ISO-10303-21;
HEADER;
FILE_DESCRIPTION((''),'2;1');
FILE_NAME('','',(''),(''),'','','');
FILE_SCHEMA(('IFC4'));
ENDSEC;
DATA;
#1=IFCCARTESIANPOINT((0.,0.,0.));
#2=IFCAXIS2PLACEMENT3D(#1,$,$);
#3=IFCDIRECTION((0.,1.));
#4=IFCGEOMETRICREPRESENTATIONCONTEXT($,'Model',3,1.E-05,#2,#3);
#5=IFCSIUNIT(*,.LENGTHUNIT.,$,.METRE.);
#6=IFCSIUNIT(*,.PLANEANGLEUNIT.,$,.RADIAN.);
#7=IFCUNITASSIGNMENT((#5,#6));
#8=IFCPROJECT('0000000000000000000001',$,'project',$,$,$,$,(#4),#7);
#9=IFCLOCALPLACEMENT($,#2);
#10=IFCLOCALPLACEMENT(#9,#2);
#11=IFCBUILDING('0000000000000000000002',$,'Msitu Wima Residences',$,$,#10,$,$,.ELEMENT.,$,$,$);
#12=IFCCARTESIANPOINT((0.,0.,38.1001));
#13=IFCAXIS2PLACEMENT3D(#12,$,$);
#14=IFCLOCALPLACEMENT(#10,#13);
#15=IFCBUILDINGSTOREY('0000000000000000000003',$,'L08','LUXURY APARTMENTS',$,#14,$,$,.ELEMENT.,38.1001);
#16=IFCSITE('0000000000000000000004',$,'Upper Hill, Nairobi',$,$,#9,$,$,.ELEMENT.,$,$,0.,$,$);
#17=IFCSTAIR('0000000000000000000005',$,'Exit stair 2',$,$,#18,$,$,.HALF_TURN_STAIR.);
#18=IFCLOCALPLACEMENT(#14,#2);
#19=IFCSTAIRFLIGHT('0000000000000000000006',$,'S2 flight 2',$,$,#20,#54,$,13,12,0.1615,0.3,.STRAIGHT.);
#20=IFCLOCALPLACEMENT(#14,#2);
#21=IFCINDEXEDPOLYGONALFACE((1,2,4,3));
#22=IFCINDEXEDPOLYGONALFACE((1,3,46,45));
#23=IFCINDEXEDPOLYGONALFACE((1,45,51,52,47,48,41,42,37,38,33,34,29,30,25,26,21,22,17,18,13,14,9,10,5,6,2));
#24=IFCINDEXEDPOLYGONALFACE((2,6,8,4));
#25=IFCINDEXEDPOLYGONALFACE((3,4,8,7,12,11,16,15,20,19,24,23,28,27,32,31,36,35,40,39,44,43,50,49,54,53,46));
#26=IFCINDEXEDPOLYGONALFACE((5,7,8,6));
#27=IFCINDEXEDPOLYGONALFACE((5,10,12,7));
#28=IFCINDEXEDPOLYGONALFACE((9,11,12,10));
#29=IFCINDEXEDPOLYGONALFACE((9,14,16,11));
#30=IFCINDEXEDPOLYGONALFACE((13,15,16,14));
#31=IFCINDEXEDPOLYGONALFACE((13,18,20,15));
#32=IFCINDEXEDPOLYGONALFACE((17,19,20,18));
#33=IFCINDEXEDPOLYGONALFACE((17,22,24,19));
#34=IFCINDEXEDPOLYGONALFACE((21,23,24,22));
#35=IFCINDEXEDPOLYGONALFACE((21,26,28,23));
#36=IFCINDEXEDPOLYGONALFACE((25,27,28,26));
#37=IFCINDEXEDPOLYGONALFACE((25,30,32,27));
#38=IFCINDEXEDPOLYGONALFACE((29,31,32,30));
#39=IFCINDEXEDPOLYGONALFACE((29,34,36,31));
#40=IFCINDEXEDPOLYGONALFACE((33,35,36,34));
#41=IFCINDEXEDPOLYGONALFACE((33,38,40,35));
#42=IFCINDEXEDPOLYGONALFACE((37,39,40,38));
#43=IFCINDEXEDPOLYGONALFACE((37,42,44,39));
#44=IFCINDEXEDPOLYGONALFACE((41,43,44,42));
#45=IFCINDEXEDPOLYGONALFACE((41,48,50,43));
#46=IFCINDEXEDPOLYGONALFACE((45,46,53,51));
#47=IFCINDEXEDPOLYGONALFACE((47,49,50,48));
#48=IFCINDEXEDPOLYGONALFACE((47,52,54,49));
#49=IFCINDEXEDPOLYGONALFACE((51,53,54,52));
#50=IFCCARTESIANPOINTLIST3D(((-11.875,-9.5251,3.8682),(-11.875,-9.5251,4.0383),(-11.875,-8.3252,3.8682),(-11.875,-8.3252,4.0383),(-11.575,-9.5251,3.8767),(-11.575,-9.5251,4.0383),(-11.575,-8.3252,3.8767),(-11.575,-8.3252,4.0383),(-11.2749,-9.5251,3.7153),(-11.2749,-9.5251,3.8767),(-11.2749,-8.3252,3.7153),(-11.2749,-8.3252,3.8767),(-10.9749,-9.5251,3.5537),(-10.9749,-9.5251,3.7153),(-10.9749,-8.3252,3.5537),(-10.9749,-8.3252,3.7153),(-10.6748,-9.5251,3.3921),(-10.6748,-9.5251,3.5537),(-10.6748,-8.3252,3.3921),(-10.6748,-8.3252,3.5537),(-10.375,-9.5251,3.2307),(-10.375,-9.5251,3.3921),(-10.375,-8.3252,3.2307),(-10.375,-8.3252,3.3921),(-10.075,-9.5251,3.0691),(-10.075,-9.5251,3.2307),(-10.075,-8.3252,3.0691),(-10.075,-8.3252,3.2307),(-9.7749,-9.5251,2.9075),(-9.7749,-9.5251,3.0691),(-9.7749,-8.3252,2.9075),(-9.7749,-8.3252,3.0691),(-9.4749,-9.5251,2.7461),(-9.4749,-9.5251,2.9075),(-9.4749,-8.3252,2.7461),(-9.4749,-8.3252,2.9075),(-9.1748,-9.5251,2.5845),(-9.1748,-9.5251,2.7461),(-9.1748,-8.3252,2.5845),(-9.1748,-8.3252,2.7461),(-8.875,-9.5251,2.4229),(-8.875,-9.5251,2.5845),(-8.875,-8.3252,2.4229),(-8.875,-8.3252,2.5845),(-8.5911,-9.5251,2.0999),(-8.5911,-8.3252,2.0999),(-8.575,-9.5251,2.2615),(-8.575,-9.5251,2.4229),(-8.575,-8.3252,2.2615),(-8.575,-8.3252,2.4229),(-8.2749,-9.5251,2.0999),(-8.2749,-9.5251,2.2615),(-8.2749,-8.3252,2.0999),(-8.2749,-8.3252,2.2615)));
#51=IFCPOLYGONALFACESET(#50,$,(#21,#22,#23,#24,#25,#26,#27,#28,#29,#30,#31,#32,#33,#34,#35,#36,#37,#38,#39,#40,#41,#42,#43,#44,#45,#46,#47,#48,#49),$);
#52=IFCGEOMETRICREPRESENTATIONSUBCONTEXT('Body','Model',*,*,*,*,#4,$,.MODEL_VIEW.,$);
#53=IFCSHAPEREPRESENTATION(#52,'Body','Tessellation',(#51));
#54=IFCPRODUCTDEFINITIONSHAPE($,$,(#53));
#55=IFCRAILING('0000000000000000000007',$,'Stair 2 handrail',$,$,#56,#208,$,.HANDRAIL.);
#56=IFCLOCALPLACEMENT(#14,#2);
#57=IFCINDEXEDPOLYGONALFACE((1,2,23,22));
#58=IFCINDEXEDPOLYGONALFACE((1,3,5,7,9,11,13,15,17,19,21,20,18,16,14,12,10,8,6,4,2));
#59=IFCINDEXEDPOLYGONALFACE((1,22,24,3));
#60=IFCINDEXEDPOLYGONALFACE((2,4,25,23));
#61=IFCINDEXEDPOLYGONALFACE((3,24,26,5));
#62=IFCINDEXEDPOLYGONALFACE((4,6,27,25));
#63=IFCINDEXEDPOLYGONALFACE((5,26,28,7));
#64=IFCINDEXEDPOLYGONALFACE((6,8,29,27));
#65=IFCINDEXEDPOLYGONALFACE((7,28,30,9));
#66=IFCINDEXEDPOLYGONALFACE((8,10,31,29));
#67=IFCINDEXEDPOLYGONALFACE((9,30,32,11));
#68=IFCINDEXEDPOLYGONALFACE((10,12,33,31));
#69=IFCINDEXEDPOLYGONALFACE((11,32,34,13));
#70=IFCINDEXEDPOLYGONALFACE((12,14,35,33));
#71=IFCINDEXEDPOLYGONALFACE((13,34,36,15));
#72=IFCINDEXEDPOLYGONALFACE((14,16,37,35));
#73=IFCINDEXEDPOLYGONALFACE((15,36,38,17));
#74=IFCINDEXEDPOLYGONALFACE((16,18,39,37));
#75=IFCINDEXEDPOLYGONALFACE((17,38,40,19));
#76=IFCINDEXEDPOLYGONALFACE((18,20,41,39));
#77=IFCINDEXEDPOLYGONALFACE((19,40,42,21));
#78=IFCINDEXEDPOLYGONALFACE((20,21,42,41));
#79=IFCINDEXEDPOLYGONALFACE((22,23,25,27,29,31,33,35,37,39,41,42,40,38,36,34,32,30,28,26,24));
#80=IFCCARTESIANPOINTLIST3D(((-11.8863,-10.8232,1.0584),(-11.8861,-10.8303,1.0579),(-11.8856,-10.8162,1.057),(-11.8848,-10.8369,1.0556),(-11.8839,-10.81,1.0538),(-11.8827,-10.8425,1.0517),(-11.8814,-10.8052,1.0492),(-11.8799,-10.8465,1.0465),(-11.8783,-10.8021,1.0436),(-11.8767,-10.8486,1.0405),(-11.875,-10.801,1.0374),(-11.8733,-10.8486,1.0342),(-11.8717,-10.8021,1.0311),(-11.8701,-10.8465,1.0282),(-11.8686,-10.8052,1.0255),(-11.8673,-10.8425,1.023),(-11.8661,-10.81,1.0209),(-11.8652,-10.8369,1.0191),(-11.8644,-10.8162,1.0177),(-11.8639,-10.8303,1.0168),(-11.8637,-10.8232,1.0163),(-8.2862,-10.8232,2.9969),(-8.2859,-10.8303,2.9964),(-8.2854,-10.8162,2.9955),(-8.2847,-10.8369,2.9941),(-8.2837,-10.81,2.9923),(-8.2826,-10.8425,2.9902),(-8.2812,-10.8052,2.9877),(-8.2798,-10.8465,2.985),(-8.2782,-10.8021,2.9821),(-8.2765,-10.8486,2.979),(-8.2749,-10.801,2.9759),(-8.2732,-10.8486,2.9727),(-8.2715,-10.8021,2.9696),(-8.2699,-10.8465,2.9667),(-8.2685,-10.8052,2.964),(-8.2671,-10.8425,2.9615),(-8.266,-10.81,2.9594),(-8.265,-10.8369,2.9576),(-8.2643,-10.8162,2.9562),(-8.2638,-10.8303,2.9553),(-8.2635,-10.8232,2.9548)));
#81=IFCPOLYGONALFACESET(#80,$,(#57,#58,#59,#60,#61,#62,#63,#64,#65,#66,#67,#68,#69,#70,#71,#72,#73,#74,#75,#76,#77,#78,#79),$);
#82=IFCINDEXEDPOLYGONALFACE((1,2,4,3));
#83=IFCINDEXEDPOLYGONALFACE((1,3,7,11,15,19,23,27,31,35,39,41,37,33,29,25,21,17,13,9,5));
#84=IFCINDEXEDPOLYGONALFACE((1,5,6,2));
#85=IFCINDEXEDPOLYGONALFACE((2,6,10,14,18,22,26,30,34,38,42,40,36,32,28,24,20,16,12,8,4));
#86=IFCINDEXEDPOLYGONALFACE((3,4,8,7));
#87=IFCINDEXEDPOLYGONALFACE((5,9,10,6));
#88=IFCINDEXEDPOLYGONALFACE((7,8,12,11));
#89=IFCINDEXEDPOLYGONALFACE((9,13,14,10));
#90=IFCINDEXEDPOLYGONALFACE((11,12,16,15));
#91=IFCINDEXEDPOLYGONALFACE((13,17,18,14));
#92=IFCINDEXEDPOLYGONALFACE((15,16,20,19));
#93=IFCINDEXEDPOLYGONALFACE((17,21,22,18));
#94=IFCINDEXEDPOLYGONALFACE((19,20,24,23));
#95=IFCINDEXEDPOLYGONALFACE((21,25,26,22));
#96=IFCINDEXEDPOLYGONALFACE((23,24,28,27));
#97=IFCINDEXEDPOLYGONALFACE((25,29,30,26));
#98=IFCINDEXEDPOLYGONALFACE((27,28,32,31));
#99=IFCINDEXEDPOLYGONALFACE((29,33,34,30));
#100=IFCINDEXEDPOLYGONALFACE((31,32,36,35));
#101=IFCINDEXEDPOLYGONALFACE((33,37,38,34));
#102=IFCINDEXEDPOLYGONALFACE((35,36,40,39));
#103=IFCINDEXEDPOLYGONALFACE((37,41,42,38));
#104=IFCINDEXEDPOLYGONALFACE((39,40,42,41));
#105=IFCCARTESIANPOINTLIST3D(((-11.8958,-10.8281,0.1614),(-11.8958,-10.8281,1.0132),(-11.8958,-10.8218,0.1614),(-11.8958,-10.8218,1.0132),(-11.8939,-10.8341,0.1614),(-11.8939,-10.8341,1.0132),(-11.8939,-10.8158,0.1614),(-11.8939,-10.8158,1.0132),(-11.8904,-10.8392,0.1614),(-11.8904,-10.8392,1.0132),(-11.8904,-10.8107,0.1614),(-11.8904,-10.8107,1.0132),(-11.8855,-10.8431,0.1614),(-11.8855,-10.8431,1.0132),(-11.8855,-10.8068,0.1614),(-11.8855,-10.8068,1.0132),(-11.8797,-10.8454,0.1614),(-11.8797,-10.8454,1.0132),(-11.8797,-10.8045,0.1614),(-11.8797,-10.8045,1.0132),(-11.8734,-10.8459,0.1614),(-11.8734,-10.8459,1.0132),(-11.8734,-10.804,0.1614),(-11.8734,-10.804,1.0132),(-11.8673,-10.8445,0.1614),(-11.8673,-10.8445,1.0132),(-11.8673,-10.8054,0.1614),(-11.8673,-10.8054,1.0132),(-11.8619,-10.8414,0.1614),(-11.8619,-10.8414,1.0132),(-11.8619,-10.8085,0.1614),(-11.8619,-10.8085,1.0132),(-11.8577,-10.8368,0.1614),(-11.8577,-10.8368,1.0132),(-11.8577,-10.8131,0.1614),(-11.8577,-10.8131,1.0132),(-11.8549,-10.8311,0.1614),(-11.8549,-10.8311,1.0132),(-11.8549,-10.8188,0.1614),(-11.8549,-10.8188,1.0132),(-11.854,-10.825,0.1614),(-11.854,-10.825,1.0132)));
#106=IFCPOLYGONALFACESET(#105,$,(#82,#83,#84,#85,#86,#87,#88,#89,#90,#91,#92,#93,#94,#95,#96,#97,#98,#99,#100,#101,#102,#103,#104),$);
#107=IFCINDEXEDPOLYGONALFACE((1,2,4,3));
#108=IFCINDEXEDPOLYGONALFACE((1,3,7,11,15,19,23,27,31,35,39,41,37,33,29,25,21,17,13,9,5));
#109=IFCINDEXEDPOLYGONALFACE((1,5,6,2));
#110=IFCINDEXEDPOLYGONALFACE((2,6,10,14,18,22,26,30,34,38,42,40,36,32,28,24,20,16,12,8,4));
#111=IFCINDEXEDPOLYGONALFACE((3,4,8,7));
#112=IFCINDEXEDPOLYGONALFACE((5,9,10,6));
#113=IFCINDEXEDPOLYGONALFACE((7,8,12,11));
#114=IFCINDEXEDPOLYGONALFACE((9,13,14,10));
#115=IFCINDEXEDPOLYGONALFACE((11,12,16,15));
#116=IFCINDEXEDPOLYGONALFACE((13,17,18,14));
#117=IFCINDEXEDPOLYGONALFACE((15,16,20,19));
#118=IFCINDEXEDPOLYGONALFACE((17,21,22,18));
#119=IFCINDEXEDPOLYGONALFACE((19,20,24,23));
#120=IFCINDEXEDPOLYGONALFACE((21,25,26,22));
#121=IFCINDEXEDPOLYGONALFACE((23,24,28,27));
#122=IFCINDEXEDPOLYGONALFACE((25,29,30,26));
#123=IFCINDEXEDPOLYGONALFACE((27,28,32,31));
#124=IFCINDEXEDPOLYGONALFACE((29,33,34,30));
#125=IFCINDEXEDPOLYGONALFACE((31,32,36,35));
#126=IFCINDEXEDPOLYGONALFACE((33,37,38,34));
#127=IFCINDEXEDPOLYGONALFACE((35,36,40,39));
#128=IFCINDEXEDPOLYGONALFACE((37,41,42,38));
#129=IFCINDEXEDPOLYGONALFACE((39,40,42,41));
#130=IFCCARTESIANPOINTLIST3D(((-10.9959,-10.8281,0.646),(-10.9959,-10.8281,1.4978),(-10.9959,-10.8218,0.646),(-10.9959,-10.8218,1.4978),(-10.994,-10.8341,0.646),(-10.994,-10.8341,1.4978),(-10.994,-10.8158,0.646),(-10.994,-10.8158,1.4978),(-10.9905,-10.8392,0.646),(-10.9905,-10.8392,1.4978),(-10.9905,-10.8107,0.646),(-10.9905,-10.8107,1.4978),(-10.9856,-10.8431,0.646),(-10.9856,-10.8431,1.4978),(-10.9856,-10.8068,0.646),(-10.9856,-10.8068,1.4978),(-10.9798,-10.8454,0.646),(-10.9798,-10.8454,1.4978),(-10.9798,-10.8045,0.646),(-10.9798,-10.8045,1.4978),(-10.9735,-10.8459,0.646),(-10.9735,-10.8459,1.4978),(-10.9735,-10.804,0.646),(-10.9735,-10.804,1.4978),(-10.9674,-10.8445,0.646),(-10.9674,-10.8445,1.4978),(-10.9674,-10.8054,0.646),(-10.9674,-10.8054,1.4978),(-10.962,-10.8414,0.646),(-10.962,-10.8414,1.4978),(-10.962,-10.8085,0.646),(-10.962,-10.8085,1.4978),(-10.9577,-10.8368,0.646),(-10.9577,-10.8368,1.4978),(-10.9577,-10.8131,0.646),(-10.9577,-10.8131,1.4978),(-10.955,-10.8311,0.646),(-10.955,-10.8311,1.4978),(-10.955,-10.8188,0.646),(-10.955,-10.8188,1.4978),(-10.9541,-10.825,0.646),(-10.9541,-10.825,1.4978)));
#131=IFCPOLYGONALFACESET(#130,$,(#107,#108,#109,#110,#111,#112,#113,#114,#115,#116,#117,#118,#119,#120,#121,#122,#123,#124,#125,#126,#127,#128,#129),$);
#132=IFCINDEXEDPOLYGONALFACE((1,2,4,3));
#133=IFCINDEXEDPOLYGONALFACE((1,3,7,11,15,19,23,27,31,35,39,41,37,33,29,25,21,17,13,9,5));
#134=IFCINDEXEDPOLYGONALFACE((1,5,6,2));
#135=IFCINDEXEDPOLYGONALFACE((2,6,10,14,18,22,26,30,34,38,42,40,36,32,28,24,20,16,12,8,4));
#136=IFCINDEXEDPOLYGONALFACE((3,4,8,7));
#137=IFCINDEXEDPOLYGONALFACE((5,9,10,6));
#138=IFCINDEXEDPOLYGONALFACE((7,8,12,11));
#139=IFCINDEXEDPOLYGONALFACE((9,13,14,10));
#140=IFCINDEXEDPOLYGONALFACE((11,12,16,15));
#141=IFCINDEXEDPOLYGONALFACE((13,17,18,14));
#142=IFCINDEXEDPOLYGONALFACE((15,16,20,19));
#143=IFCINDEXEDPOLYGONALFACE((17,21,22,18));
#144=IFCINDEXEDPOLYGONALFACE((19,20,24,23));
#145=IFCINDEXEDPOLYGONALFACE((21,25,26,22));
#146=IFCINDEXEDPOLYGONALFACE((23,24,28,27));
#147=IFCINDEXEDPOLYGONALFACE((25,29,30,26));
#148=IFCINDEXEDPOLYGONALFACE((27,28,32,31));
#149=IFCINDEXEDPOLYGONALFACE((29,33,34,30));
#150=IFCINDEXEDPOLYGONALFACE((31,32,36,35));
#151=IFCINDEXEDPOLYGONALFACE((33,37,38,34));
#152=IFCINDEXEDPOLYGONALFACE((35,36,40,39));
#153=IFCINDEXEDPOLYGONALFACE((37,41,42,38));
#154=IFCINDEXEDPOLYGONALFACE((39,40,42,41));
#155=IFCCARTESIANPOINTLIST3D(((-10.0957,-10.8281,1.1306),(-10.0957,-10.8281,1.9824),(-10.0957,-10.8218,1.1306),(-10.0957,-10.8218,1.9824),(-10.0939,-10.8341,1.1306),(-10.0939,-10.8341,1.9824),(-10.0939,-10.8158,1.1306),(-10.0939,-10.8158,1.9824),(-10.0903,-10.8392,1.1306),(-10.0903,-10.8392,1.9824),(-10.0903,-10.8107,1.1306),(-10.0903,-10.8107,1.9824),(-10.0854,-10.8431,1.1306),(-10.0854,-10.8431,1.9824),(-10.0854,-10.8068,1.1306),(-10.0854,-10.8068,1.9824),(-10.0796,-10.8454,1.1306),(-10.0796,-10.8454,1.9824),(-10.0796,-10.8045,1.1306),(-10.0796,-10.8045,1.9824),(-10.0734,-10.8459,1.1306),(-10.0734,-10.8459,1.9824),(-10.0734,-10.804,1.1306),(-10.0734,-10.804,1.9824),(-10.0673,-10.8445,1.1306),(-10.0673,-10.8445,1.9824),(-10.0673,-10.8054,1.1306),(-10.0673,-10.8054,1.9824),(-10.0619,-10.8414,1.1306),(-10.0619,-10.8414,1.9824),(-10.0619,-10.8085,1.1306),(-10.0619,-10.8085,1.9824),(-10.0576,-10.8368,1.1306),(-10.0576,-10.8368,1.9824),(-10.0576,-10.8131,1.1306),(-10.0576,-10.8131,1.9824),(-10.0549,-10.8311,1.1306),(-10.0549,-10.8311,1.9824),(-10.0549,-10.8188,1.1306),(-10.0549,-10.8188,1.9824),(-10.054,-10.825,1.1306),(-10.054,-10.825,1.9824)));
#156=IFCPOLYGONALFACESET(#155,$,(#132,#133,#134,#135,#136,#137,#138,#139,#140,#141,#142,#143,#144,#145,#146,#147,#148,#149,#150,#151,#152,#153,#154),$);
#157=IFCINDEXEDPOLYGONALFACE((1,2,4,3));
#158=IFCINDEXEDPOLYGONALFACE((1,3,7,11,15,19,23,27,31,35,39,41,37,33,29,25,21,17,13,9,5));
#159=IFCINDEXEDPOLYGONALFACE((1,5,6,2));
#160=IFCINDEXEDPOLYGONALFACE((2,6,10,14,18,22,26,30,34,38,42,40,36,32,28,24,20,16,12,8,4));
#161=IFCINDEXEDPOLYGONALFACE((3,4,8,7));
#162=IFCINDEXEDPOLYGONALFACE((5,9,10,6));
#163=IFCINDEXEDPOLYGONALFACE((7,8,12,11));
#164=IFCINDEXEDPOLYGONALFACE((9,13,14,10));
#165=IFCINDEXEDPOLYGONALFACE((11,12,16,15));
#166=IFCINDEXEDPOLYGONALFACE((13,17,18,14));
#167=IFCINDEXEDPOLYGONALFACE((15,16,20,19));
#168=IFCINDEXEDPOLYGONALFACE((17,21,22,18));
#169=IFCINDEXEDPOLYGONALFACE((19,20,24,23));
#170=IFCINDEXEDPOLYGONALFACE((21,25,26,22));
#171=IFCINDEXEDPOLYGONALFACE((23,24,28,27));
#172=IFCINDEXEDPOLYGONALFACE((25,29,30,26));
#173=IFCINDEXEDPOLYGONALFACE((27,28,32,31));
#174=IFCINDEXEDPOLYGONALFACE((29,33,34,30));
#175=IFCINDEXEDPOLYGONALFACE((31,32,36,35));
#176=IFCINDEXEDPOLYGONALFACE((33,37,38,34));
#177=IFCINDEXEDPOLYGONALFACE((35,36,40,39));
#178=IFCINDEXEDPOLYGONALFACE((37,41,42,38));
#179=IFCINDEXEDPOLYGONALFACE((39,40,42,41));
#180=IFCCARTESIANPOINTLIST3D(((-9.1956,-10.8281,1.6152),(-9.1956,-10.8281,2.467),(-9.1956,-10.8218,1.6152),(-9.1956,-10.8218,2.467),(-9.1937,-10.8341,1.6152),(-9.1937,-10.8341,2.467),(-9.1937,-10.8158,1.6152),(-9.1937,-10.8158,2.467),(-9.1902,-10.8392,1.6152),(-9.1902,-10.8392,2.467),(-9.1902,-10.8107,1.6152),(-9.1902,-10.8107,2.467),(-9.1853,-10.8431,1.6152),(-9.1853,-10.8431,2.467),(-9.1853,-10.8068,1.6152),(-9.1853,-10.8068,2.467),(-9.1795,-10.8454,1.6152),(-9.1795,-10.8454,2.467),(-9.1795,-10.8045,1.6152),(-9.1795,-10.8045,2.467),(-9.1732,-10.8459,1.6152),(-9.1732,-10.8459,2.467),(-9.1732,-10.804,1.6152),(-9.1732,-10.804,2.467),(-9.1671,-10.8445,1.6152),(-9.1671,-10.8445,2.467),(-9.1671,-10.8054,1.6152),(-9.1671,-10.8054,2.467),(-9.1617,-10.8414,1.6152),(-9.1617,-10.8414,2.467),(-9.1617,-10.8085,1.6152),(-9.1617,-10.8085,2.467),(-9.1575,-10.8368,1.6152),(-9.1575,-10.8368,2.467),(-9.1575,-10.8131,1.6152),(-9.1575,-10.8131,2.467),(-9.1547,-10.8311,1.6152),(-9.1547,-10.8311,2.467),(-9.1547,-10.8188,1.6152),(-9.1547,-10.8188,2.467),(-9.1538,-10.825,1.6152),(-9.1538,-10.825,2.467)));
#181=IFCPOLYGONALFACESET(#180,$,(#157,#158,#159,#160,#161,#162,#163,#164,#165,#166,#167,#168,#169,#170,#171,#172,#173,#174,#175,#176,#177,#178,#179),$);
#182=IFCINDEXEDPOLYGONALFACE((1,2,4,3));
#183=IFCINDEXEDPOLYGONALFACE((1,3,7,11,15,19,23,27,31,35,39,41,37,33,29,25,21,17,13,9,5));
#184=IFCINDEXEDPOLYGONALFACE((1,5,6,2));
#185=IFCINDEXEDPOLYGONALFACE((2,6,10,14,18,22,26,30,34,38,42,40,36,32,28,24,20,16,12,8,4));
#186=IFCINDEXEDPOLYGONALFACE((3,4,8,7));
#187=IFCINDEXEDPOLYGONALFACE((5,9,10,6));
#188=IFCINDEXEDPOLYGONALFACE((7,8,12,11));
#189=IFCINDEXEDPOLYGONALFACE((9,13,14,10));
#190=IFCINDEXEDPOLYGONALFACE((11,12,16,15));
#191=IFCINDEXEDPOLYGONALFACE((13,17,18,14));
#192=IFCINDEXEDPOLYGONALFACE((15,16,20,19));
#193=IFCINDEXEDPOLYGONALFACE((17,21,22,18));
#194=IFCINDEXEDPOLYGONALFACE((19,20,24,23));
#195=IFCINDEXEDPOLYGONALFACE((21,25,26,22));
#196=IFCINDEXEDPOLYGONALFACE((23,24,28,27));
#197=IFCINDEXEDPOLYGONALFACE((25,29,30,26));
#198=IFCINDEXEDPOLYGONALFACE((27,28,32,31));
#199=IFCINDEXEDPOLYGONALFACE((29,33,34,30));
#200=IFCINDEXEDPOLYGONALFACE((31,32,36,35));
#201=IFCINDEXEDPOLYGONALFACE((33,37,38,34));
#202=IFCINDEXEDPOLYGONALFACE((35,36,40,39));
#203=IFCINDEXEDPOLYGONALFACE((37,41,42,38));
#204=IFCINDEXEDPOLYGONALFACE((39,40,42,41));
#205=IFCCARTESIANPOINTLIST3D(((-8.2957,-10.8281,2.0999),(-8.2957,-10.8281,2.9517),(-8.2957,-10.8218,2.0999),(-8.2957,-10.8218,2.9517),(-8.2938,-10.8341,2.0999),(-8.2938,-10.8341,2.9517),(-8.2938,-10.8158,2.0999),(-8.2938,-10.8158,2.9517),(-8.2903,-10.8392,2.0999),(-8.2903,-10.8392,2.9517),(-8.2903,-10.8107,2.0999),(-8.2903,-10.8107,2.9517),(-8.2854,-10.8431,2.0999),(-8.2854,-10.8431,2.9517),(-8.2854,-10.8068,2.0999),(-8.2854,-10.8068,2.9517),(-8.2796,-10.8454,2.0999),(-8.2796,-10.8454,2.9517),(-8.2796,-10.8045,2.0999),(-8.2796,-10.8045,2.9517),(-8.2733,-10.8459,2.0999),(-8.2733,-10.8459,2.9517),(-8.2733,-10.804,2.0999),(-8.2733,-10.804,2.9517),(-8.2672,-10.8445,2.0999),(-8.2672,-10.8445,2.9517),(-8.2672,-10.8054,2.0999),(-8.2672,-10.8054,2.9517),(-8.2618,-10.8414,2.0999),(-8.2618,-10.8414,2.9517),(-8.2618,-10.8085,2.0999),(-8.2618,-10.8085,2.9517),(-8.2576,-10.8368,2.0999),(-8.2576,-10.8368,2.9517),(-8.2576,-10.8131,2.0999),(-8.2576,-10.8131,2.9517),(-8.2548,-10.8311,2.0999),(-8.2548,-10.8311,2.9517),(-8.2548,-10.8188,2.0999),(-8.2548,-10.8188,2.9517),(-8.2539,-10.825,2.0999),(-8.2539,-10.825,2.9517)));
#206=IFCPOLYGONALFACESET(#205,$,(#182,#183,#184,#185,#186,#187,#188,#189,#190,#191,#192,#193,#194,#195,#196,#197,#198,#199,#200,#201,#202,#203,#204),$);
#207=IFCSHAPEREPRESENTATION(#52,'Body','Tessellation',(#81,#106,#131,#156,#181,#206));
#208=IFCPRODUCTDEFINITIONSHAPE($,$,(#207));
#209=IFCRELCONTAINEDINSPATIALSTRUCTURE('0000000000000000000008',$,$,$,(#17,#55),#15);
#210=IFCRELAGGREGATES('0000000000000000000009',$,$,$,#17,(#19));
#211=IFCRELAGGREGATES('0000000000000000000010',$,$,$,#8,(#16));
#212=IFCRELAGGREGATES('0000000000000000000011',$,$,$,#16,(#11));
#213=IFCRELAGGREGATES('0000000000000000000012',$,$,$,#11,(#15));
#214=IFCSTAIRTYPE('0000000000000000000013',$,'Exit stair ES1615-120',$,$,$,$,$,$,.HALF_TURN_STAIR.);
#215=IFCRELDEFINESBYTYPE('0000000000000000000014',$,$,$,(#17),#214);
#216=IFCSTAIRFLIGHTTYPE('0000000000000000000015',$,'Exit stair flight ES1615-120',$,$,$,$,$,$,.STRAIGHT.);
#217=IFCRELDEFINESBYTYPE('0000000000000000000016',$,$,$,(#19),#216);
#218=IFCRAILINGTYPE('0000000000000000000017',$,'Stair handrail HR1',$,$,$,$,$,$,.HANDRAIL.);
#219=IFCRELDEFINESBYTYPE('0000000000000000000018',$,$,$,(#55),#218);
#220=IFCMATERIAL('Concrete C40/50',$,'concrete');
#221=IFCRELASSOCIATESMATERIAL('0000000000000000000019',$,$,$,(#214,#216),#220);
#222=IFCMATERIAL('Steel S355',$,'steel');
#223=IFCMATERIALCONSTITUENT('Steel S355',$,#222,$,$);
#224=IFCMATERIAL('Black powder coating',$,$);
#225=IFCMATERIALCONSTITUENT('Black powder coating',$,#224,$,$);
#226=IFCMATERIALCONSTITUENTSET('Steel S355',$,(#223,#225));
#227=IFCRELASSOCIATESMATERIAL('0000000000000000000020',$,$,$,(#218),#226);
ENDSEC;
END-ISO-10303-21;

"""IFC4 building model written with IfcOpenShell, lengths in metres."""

from ifc_helpers import new_model, si_unit, direction, frame, origin, origin_2d, place, context, subcontext, project, spatial, polyline, circle, outline, extrude, material, constituent, constituent_set, type_object, element, aggregate, save


model = new_model("IFC4")

# Units and contexts
model_context = context("Model", 3, precision=1e-05, world=origin(), true_north=direction((0.0, 1.0)))
body_context = subcontext(model_context, "Body", "Model", "MODEL_VIEW")
ifc_project = project(units=[si_unit("LENGTHUNIT", "METRE"), si_unit("PLANEANGLEUNIT", "RADIAN")], contexts=[model_context])

# Site, building, storey
site_placement = place(None, origin())
site = spatial("IfcSite", under=ifc_project, at=site_placement, Name="Upper Hill, Nairobi", CompositionType="ELEMENT", RefElevation=0.0)
building_placement = place(site_placement, origin())
building = spatial("IfcBuilding", under=site, at=building_placement, Name="Msitu Wima Residences", CompositionType="ELEMENT")
storey_placement = place(building_placement, frame((0.0, 0.0, 38.1001)))
storey = spatial("IfcBuildingStorey", under=building, at=storey_placement, Name="L08", Description="LUXURY APARTMENTS", CompositionType="ELEMENT", Elevation=38.1001)

# Stair, stair flight
ifc_material_1 = material(Name="Concrete C40/50", Category="concrete")
stair_type = type_object("IfcStairType", Name="Exit stair ES1615-120", PredefinedType="HALF_TURN_STAIR", material=ifc_material_1)
stair_placement = place(storey_placement, origin())
stair = element("IfcStair", 1, at=stair_placement, inside=storey, type_object=stair_type, Name="Exit stair 2", PredefinedType="HALF_TURN_STAIR")
stair_flight_type = type_object("IfcStairFlightType", Name="Exit stair flight ES1615-120", PredefinedType="STRAIGHT", material=ifc_material_1)
stair_flight_1_placement = place(storey_placement, frame((-8.2749, -8.925, 2.0999), z_axis=(0.0, 0.0, 1.0), x_axis=(-1.0, 0.0, 0.0)))
stair_flight_1 = element("IfcStairFlight", 2, at=stair_flight_1_placement, type_object=stair_flight_type, Name="S2 flight 2", NumberOfRisers=13, NumberOfTreads=12, PredefinedType="STRAIGHT", RiserHeight=0.1615, TreadLength=0.3, context=body_context, shape_type="SweptSolid", body=[
    extrude(outline(polyline([(0.0, 0.0), (0.0, 0.1616), (0.3, 0.1616), (0.3, 0.323), (0.6001, 0.323), (0.6001, 0.4846), (0.8999, 0.4846), (0.8999, 0.6462), (1.2, 0.6462), (1.2, 0.8076), (1.5, 0.8076), (1.5, 0.9692), (1.8, 0.9692), (1.8, 1.1309), (2.1001, 1.1309), (2.1001, 1.2922), (2.3999, 1.2922), (2.3999, 1.4539), (2.7, 1.4539), (2.7, 1.6155), (3.0, 1.6155), (3.0, 1.7769), (3.3, 1.7769), (3.3, 1.9385), (3.6001, 1.9385), (3.6001, 2.1001), (3.6001, 1.7683), (0.3162, 0.0), (0.0, 0.0)])), frame((0.0, 0.6001, 0.0), z_axis=(0.0, -1.0, 0.0), x_axis=(1.0, 0.0, 0.0)), (0.0, 0.0, 1.0), 1.2),
])
aggregate(stair, [stair_flight_1])

# Railing
ifc_material_2 = material(Name="Steel S355", Category="steel")
ifc_constituent_1 = constituent(ifc_material_2, Name="Steel S355")
ifc_material_3 = material(Name="Black powder coating")
ifc_constituent_2 = constituent(ifc_material_3, Name="Black powder coating")
ifc_constituent_set = constituent_set(constituents=[ifc_constituent_1, ifc_constituent_2], Name="Steel S355")
railing_type = type_object("IfcRailingType", Name="Stair handrail HR1", PredefinedType="HANDRAIL", material=ifc_constituent_set)
for number, where, name in (
    (3, (-11.875, -10.825, 0.1614), "Stair 2 handrail"),
):
    element("IfcRailing", number, at=place(storey_placement, frame(where)), inside=storey, type_object=railing_type, Name=name, PredefinedType="HANDRAIL", context=body_context, shape_type="SweptSolid", body=[
        extrude(circle(Radius=0.0239, at=origin_2d()), frame((0.0, 0.0, 0.876), z_axis=(0.880475, 0.0, 0.474093), x_axis=(0.0, 1.0, 0.0)), (0.0, 0.0, 1.0), 4.0889),
        extrude(circle(Radius=0.021, at=origin_2d()), origin(), (0.0, 0.0, 1.0), 0.8518),
        extrude(circle(Radius=0.021, at=origin_2d()), frame((0.8999, 0.0, 0.4846)), (0.0, 0.0, 1.0), 0.8518),
        extrude(circle(Radius=0.021, at=origin_2d()), frame((1.8, 0.0, 0.9692)), (0.0, 0.0, 1.0), 0.8518),
        extrude(circle(Radius=0.021, at=origin_2d()), frame((2.7002, 0.0, 1.4539)), (0.0, 0.0, 1.0), 0.8518),
        extrude(circle(Radius=0.021, at=origin_2d()), frame((3.6001, 0.0, 1.9385)), (0.0, 0.0, 1.0), 0.8518),
    ])

save(model, "model.ifc")
